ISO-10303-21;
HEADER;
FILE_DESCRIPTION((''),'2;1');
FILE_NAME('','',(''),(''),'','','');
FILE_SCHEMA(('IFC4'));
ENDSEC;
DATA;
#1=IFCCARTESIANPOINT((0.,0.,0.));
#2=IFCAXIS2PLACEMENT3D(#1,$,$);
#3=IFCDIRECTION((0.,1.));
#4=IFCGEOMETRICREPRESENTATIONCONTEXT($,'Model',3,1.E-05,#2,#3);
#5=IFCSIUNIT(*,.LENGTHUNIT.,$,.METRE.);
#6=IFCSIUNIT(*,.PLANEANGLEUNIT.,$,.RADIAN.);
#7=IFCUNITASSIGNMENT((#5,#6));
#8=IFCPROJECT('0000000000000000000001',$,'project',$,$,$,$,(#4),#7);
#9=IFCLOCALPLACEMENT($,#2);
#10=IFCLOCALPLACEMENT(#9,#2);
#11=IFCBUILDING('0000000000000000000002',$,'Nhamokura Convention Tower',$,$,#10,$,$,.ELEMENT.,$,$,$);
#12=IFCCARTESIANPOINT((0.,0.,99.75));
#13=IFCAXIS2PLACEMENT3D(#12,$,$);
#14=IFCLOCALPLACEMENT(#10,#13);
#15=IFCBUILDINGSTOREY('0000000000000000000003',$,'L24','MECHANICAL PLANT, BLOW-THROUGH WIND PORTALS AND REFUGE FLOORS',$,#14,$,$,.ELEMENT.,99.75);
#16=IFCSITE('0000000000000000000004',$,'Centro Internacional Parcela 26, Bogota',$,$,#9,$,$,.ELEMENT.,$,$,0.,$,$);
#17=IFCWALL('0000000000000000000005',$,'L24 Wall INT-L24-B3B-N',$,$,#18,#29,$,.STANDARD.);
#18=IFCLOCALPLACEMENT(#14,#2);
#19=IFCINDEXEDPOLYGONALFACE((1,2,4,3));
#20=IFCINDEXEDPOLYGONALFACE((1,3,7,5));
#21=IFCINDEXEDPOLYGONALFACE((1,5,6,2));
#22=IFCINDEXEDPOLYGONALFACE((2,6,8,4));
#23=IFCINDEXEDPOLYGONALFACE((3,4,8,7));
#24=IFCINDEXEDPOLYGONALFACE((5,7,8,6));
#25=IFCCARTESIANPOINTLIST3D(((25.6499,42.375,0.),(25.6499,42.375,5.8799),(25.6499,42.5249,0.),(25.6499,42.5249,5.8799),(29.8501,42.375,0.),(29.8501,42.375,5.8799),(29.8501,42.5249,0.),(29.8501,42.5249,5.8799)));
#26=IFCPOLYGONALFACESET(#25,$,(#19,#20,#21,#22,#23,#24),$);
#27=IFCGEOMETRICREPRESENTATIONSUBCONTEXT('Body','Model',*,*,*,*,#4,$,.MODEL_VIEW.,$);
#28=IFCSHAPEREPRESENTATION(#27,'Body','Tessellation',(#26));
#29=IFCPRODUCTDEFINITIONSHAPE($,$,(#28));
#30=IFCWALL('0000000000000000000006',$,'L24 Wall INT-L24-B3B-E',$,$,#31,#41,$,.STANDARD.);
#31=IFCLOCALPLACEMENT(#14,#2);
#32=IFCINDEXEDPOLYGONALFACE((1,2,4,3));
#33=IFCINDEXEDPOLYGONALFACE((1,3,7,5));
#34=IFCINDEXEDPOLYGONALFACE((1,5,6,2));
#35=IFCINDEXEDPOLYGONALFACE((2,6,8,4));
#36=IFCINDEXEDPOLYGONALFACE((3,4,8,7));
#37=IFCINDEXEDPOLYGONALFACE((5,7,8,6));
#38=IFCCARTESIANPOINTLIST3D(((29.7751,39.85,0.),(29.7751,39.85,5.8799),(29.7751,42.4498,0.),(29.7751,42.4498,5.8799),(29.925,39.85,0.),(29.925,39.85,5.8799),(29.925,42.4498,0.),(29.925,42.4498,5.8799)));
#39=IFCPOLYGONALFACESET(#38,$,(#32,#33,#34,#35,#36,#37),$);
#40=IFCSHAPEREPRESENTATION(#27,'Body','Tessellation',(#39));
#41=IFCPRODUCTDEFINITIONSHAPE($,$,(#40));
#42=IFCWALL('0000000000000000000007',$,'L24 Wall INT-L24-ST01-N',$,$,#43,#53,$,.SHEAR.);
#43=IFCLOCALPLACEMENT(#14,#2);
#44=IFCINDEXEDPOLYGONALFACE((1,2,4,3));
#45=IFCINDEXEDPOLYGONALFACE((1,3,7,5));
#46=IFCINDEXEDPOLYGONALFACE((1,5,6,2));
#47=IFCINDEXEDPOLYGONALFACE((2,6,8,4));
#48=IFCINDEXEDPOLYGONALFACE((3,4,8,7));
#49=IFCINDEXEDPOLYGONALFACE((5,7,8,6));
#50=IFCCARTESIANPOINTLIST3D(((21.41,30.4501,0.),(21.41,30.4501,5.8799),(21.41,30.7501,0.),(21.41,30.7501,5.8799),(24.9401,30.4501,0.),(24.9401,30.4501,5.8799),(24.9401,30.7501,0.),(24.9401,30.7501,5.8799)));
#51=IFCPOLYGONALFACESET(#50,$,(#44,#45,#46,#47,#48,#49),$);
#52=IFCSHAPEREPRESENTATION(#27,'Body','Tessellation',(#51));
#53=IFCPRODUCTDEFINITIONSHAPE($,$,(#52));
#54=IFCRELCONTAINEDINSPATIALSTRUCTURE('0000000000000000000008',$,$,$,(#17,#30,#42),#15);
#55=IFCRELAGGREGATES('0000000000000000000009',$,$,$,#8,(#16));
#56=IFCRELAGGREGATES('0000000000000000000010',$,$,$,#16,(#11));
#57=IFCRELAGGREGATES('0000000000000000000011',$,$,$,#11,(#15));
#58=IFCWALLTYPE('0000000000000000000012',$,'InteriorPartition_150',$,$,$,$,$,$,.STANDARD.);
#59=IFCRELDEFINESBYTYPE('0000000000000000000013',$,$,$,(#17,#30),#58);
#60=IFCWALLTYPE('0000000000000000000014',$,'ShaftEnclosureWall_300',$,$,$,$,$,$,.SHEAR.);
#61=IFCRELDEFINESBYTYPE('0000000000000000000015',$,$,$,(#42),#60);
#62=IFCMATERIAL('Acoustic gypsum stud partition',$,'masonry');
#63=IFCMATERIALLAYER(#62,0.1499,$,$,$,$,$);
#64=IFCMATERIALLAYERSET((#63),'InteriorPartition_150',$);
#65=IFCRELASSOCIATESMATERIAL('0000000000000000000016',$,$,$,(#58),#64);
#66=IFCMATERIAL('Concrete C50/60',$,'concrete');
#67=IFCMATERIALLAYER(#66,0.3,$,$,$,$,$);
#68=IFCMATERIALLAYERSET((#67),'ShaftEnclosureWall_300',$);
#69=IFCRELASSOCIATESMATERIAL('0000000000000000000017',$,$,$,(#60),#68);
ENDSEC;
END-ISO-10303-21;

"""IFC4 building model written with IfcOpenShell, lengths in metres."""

from ifc_helpers import new_model, si_unit, direction, frame, frame_2d, origin, place, context, subcontext, project, spatial, rectangle, extrude, material, layer, layer_set, type_object, element, save


model = new_model("IFC4")

# Units and contexts
model_context = context("Model", 3, precision=1e-05, world=origin(), true_north=direction((0.0, 1.0)))
body_context = subcontext(model_context, "Body", "Model", "MODEL_VIEW")
ifc_project = project(units=[si_unit("LENGTHUNIT", "METRE"), si_unit("PLANEANGLEUNIT", "RADIAN")], contexts=[model_context])

# Site, building, storey
site_placement = place(None, origin())
site = spatial("IfcSite", under=ifc_project, at=site_placement, Name="Centro Internacional Parcela 26, Bogota", CompositionType="ELEMENT", RefElevation=0.0)
building_placement = place(site_placement, origin())
building = spatial("IfcBuilding", under=site, at=building_placement, Name="Nhamokura Convention Tower", CompositionType="ELEMENT")
storey_placement = place(building_placement, frame((0.0, 0.0, 99.75)))
storey = spatial("IfcBuildingStorey", under=building, at=storey_placement, Name="L24", Description="MECHANICAL PLANT, BLOW-THROUGH WIND PORTALS AND REFUGE FLOORS", CompositionType="ELEMENT", Elevation=99.75)

# Walls
ifc_material_1 = material(Name="Acoustic gypsum stud partition", Category="masonry")
ifc_layer_1 = layer(ifc_material_1, 0.1499)
ifc_layer_set_1 = layer_set([ifc_layer_1], Name="InteriorPartition_150")
wall_type_1 = type_object("IfcWallType", Name="InteriorPartition_150", PredefinedType="STANDARD", material=ifc_layer_set_1)
wall_1_placement = place(storey_placement, frame((25.6499, 42.45, 0.0), z_axis=(0.0, 0.0, 1.0), x_axis=(1.0, 0.0, 0.0)))
element("IfcWall", 1, at=wall_1_placement, inside=storey, type_object=wall_type_1, Name="L24 Wall INT-L24-B3B-N", PredefinedType="STANDARD", context=body_context, shape_type="SweptSolid", body=[
    extrude(rectangle(XDim=4.2002, YDim=0.1499, at=frame_2d((2.1001, 0.0))), origin(), (0.0, 0.0, 1.0), 5.8799),
])
wall_2_placement = place(storey_placement, frame((29.8501, 39.8501, 0.0), z_axis=(0.0, 0.0, 1.0), x_axis=(0.0, 1.0, 0.0)))
element("IfcWall", 2, at=wall_2_placement, inside=storey, type_object=wall_type_1, Name="L24 Wall INT-L24-B3B-E", PredefinedType="STANDARD", context=body_context, shape_type="SweptSolid", body=[
    extrude(rectangle(XDim=2.5999, YDim=0.1499, at=frame_2d((1.2998, 0.0))), origin(), (0.0, 0.0, 1.0), 5.8799),
])
ifc_material_2 = material(Name="Concrete C50/60", Category="concrete")
ifc_layer_2 = layer(ifc_material_2, 0.3)
ifc_layer_set_2 = layer_set([ifc_layer_2], Name="ShaftEnclosureWall_300")
wall_type_2 = type_object("IfcWallType", Name="ShaftEnclosureWall_300", PredefinedType="SHEAR", material=ifc_layer_set_2)
wall_3_placement = place(storey_placement, frame((21.4099, 30.6001, 0.0), z_axis=(0.0, 0.0, 1.0), x_axis=(1.0, 0.0, 0.0)))
element("IfcWall", 3, at=wall_3_placement, inside=storey, type_object=wall_type_2, Name="L24 Wall INT-L24-ST01-N", PredefinedType="SHEAR", context=body_context, shape_type="SweptSolid", body=[
    extrude(rectangle(XDim=3.53, YDim=0.3, at=frame_2d((1.7651, 0.0))), origin(), (0.0, 0.0, 1.0), 5.8799),
])

save(model, "model.ifc")
